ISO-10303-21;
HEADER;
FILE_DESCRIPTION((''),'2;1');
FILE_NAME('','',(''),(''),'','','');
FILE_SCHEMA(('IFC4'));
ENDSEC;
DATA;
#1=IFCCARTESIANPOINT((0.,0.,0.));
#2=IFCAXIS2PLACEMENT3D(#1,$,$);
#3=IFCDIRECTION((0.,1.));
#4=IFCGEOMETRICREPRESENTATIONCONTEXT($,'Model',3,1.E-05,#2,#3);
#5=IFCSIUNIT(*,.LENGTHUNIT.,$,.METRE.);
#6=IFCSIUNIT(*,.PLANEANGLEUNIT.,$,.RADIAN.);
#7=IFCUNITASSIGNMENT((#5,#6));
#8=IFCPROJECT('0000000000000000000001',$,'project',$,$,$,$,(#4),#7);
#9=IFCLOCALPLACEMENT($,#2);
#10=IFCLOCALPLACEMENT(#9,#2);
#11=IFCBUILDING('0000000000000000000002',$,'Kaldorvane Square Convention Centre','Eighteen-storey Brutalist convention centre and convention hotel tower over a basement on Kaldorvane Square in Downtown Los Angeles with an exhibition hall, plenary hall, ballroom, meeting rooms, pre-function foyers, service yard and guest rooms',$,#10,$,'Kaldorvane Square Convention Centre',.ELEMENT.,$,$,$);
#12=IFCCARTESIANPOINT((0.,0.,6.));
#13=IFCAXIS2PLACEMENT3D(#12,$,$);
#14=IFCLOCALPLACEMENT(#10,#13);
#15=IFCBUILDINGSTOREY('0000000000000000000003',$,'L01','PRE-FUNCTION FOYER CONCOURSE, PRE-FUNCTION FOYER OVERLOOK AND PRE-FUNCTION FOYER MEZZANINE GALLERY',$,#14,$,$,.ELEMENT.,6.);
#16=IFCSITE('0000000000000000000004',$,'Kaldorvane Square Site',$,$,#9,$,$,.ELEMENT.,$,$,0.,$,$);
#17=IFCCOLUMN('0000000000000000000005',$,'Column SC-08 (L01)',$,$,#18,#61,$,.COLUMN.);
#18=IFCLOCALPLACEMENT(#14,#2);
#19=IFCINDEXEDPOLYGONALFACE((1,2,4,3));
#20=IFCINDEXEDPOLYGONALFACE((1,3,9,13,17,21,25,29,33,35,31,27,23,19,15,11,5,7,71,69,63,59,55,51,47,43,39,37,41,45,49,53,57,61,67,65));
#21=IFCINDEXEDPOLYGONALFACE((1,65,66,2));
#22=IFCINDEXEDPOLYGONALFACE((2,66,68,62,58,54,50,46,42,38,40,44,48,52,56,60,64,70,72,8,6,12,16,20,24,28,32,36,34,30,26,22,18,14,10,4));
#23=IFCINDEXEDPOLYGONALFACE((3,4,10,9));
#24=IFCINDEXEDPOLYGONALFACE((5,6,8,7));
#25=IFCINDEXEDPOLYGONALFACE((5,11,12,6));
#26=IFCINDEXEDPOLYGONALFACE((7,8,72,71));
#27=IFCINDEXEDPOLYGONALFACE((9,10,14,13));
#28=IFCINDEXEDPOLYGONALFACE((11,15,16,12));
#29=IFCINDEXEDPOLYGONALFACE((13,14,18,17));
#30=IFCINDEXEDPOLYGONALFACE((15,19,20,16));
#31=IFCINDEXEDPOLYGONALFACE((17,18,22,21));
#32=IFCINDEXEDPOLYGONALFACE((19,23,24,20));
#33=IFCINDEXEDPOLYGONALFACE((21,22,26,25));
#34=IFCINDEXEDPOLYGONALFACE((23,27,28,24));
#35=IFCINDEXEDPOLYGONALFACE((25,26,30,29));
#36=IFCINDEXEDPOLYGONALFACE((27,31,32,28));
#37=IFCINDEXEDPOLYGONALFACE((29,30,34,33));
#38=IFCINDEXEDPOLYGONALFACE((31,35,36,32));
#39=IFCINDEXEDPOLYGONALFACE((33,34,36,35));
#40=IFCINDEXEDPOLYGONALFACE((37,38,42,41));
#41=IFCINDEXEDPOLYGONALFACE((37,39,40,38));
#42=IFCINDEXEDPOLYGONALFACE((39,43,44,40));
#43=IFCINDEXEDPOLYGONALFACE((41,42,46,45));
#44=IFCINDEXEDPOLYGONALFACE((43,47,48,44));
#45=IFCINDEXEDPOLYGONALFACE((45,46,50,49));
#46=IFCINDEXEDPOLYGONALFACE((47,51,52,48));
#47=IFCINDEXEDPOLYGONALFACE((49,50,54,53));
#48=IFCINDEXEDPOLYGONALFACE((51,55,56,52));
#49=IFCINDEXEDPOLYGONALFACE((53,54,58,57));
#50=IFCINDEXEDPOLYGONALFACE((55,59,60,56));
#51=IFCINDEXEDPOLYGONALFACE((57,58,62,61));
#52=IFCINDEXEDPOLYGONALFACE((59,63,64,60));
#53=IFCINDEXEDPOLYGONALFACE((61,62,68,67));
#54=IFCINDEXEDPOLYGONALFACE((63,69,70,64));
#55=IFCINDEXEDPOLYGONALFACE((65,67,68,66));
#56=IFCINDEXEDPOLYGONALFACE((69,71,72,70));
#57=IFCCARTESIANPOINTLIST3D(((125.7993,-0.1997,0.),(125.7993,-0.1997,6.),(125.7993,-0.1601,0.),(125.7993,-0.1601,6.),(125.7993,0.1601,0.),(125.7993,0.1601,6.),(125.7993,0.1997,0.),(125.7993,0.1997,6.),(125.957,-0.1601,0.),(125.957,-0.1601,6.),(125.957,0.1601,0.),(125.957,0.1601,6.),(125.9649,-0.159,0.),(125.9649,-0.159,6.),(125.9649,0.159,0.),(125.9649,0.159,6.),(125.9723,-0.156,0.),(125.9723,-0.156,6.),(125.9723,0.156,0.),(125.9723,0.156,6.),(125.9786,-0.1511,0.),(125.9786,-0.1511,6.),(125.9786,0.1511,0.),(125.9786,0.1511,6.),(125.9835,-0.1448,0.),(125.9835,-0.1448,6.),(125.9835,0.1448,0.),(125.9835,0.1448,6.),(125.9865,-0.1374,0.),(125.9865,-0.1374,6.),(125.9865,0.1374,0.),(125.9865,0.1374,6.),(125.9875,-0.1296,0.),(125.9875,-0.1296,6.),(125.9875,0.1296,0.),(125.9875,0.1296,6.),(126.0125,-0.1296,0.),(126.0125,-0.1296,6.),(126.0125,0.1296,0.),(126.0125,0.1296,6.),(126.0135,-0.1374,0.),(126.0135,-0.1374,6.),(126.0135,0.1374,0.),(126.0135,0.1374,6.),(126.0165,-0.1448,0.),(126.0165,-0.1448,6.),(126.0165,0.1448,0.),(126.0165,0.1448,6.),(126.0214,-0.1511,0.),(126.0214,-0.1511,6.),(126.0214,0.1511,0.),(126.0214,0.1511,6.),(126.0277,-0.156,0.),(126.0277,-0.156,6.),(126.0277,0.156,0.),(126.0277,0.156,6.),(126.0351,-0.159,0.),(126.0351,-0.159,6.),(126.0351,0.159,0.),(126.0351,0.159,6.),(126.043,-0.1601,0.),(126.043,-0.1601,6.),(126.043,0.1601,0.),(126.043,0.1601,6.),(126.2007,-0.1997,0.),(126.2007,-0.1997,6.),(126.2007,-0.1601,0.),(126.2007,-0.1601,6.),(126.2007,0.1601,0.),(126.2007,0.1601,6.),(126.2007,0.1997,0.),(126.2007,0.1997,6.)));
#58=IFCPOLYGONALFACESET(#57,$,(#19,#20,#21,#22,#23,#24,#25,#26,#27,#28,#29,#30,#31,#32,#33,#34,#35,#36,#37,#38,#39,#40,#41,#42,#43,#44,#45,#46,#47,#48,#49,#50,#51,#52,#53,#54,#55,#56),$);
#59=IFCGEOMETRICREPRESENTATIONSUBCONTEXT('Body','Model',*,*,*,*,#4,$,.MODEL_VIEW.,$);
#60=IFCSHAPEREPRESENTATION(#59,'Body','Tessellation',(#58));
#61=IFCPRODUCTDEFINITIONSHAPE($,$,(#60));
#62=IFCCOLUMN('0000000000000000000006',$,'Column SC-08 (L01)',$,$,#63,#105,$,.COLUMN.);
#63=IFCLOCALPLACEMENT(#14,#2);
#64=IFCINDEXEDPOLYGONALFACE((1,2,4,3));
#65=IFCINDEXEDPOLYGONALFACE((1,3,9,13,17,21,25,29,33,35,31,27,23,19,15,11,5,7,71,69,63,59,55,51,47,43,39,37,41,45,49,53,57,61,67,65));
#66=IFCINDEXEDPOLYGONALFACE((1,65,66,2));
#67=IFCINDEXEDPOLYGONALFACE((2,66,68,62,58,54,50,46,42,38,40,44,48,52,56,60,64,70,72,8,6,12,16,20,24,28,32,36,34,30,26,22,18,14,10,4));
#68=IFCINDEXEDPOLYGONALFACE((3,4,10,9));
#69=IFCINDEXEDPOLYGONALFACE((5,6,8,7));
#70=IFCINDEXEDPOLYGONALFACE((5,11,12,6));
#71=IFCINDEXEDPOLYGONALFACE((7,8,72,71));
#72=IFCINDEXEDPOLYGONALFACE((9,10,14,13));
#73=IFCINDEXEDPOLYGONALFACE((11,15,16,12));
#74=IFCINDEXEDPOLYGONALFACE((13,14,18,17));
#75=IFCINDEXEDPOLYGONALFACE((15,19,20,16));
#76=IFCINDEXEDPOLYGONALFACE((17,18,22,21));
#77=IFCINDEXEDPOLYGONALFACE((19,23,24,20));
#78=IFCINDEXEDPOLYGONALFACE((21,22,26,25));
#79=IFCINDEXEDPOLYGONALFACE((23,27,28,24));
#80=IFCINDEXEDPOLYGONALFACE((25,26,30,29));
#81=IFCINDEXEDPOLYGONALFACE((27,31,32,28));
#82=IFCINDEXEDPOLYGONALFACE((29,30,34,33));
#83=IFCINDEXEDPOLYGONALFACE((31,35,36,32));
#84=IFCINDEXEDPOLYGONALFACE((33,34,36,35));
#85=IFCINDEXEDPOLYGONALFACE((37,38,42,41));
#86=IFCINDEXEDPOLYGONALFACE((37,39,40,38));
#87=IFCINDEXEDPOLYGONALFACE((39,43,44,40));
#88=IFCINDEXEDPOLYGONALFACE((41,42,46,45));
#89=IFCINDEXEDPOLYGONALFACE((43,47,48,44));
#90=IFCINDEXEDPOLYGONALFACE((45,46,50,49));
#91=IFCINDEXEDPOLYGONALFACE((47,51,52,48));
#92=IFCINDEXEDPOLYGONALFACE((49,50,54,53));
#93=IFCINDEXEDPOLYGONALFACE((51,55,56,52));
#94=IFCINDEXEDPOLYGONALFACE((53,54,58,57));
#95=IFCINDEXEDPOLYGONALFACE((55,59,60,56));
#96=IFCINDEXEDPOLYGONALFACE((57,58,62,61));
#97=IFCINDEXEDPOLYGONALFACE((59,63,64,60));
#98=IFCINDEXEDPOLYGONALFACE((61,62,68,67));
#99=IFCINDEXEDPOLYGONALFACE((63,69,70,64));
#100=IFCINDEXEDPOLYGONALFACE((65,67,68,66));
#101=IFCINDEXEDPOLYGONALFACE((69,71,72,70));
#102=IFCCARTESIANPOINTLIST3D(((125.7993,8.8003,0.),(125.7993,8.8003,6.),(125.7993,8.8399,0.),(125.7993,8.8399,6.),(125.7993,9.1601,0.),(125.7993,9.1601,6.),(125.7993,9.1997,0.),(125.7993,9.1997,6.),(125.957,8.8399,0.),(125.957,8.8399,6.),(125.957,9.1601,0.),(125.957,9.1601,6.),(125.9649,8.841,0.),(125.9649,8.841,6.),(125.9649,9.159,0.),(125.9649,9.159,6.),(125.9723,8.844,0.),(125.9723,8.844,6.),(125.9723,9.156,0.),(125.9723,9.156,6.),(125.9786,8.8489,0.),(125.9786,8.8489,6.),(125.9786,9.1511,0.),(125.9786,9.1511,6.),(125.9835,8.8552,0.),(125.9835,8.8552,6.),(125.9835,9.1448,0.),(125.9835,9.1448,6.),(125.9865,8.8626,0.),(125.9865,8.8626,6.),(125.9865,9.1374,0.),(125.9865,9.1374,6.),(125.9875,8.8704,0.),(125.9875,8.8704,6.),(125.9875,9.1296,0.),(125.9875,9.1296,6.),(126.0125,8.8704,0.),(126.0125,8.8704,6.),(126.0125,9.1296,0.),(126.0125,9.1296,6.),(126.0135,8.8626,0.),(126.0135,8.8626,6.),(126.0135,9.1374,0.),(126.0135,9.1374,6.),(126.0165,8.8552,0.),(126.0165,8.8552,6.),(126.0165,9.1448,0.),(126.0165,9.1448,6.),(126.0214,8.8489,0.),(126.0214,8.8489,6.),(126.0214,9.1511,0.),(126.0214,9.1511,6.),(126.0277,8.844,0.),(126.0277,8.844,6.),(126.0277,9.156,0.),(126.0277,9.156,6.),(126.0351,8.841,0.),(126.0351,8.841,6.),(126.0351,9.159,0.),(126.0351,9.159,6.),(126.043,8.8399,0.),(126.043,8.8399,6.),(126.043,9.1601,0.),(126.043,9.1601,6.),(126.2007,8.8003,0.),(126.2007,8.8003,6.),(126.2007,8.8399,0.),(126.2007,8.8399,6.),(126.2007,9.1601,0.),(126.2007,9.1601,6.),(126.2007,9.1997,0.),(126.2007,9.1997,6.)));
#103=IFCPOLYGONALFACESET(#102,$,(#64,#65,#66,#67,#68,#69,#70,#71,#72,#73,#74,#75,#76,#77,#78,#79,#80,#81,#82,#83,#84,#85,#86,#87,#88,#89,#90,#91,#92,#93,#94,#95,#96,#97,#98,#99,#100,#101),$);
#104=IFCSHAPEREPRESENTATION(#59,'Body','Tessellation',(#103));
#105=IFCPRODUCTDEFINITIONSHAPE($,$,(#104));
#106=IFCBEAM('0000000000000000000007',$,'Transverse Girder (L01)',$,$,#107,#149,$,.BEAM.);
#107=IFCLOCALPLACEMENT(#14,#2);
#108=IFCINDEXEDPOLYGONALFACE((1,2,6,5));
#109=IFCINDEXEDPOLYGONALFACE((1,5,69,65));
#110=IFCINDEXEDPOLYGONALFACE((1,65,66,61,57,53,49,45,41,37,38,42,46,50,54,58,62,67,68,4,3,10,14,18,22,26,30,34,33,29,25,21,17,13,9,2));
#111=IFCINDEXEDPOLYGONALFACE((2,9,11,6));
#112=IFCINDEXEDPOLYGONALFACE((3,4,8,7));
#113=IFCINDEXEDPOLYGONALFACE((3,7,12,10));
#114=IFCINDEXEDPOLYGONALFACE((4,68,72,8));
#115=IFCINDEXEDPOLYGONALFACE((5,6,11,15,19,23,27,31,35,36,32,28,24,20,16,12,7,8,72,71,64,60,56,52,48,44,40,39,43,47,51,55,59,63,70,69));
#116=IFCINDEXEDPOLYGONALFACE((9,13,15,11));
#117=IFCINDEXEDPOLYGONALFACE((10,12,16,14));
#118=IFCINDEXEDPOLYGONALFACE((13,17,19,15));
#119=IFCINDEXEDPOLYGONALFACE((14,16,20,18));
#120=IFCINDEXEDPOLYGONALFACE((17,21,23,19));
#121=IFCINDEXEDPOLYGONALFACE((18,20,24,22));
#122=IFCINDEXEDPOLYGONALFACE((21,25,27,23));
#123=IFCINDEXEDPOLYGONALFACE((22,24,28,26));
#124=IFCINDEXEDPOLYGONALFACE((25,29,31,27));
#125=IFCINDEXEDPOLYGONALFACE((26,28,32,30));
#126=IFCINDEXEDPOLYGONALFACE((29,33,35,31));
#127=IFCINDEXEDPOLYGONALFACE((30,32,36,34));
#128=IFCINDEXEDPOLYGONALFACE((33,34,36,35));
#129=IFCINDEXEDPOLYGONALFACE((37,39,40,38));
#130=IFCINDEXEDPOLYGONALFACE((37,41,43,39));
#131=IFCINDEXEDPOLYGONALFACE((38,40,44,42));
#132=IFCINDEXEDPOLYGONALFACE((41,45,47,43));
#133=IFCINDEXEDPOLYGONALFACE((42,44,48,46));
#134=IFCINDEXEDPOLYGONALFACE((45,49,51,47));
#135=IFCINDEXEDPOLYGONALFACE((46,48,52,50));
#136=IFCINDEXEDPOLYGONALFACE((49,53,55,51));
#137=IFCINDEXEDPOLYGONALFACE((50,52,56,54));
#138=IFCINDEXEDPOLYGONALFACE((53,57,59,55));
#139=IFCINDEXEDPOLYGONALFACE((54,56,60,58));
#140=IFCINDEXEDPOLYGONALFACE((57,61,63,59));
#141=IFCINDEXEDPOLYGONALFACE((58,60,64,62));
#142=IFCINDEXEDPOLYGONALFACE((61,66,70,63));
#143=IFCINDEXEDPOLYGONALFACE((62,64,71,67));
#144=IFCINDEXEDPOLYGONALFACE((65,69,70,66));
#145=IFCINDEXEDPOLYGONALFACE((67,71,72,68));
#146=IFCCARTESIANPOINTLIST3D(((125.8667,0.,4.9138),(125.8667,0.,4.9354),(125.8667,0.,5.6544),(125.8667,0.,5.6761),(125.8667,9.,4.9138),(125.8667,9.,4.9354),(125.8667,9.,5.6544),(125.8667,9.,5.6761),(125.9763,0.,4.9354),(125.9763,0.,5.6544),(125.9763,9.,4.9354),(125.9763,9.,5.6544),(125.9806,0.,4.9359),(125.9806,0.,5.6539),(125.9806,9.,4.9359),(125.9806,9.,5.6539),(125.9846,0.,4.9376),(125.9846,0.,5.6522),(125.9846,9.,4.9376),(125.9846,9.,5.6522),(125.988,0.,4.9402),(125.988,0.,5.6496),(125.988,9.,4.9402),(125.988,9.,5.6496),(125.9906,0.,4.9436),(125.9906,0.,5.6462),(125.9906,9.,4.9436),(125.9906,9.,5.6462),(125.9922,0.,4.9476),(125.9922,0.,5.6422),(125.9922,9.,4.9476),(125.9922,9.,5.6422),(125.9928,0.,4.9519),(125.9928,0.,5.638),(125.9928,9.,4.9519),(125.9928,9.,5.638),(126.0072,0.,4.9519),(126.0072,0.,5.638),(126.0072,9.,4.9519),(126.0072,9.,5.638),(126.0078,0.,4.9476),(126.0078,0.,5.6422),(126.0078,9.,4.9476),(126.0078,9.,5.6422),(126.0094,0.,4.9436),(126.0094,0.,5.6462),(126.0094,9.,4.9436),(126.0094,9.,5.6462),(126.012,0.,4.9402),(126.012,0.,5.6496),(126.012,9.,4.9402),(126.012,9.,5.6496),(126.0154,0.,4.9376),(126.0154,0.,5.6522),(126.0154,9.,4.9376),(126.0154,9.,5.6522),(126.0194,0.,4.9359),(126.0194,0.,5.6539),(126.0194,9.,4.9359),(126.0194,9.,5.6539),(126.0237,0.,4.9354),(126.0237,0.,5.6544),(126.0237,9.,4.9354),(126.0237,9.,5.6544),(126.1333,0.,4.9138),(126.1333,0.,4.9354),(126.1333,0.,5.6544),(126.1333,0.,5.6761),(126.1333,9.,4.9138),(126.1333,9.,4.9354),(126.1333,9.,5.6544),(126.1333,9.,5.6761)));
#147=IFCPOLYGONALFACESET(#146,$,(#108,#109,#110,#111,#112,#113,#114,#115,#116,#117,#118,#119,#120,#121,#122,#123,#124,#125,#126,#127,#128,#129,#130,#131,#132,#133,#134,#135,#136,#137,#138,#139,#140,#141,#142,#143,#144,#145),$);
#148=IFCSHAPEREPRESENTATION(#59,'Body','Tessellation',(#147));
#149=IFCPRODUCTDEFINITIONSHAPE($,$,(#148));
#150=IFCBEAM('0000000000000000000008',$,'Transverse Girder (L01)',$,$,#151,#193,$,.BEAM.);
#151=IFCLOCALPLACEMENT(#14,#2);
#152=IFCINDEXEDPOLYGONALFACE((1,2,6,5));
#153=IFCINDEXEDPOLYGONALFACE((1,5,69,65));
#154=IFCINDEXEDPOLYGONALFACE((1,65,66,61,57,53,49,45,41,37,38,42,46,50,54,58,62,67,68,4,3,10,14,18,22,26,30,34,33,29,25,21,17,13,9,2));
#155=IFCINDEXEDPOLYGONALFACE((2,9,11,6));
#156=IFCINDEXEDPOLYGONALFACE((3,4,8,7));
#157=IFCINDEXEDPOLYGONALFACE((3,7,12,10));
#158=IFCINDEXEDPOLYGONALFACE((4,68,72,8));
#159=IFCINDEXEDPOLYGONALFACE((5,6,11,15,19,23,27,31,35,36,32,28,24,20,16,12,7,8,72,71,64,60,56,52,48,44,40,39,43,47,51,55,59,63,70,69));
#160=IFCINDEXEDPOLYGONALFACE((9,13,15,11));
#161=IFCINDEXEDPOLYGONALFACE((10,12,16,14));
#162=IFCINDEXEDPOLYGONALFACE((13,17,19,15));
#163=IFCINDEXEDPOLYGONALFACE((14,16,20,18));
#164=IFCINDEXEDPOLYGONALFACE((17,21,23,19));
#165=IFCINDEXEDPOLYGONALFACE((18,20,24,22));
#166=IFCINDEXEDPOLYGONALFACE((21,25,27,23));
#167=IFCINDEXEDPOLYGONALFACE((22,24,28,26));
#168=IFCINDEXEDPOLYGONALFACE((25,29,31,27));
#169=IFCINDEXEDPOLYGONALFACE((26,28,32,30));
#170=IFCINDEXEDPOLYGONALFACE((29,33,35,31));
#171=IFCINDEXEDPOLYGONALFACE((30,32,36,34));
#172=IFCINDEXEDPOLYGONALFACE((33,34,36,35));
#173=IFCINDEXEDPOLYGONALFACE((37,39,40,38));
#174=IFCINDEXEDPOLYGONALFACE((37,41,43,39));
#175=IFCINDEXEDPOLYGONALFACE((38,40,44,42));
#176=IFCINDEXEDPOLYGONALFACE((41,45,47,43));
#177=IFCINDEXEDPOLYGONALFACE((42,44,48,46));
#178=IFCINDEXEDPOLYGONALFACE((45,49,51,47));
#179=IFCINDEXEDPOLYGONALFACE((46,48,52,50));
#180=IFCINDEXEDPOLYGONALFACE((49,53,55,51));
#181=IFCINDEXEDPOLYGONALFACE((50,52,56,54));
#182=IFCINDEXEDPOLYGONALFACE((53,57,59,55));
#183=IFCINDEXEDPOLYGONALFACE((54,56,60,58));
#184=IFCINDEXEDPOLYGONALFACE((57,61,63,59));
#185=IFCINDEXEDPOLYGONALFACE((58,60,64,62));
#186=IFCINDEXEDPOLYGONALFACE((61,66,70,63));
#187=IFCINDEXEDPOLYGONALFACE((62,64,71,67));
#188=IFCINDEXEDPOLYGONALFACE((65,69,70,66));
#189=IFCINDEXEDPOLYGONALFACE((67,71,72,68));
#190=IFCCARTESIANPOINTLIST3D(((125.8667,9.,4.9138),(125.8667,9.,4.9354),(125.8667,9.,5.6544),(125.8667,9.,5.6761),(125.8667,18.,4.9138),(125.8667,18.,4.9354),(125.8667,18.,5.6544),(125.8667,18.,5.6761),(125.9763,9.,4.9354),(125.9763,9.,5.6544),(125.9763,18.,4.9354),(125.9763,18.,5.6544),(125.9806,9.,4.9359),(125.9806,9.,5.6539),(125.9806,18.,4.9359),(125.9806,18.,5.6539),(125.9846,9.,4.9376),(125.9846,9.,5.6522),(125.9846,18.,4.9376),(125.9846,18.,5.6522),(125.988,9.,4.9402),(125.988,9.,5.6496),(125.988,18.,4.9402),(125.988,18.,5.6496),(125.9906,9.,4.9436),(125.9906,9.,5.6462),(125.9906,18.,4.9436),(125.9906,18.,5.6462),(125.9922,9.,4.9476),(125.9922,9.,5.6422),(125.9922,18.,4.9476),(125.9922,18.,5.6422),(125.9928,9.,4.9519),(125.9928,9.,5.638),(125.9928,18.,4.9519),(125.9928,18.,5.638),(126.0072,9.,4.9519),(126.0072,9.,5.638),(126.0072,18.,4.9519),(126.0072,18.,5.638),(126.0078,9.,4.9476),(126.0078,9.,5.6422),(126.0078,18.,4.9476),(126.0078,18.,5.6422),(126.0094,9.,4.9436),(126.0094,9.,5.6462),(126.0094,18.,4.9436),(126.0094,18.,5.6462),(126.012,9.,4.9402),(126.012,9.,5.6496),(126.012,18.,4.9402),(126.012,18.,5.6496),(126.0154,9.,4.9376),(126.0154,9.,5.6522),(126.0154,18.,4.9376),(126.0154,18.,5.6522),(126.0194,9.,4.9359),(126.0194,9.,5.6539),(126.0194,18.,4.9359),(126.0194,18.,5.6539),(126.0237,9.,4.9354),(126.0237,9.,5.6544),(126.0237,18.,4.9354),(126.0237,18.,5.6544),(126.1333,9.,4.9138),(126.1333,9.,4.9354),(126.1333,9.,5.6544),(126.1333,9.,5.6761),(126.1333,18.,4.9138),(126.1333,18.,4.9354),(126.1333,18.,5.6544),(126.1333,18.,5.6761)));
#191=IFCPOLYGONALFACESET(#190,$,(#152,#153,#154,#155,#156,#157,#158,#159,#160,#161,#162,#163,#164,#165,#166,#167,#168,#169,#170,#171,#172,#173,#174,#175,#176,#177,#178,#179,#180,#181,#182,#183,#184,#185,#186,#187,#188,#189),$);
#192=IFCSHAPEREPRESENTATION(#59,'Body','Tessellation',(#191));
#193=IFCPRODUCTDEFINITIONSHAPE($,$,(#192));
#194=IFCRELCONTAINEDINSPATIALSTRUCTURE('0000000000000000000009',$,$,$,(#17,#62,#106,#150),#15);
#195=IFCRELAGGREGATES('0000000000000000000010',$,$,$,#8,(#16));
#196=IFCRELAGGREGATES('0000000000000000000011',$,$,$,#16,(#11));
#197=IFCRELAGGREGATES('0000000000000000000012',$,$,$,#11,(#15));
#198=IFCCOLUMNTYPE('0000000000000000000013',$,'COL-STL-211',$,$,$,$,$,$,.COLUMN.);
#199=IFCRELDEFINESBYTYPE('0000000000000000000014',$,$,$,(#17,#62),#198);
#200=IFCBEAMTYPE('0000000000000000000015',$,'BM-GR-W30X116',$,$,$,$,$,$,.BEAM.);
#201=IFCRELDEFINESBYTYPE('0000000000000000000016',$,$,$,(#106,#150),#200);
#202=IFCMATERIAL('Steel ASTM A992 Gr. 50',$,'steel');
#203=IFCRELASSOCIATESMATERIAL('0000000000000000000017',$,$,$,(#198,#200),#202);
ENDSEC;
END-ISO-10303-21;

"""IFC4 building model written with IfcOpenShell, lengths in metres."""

from ifc_helpers import new_model, si_unit, direction, frame, origin, origin_2d, place, context, subcontext, project, spatial, i_section, extrude, material, material_profile, profile_set, type_object, element, save


model = new_model("IFC4")

# Units and contexts
model_context = context("Model", 3, precision=1e-05, world=origin(), true_north=direction((0.0, 1.0)))
body_context = subcontext(model_context, "Body", "Model", "MODEL_VIEW")
ifc_project = project(units=[si_unit("LENGTHUNIT", "METRE"), si_unit("PLANEANGLEUNIT", "RADIAN")], contexts=[model_context])

# Site, building, storey
site_placement = place(None, origin())
site = spatial("IfcSite", under=ifc_project, at=site_placement, Name="Kaldorvane Square Site", CompositionType="ELEMENT", RefElevation=0.0)
building_placement = place(site_placement, origin())
building = spatial("IfcBuilding", under=site, at=building_placement, Name="Kaldorvane Square Convention Centre", Description="Eighteen-storey Brutalist convention centre and convention hotel tower over a basement on Kaldorvane Square in Downtown Los Angeles with an exhibition hall, plenary hall, ballroom, meeting rooms, pre-function foyers, service yard and guest rooms", LongName="Kaldorvane Square Convention Centre", CompositionType="ELEMENT")
storey_placement = place(building_placement, frame((0.0, 0.0, 6.0)))
storey = spatial("IfcBuildingStorey", under=building, at=storey_placement, Name="L01", Description="PRE-FUNCTION FOYER CONCOURSE, PRE-FUNCTION FOYER OVERLOOK AND PRE-FUNCTION FOYER MEZZANINE GALLERY", CompositionType="ELEMENT", Elevation=6.0)

# Columns
ifc_material_1 = material(Name="Steel ASTM A992 Gr. 50", Category="steel")
ifc_material_profile_1 = material_profile(ifc_material_1, i_section(OverallWidth=0.4013, OverallDepth=0.3993, WebThickness=0.0249, FlangeThickness=0.0396, FilletRadius=0.0305, at=origin_2d()), Name="W14X211")
ifc_profile_set_1 = profile_set([ifc_material_profile_1], Name="Steel ASTM A992 Gr. 50")
column_type = type_object("IfcColumnType", Name="COL-STL-211", PredefinedType="COLUMN", material=ifc_profile_set_1)
for number, where, z_axis, x_axis, name in (
    (1, (126.0, 0.0, 0.0), (0.0, 0.0, 1.0), (1.0, 0.0, 0.0), "Column SC-08 (L01)"),
    (2, (126.0, 9.0, 0.0), (0.0, 0.0, 1.0), (1.0, 0.0, 0.0), "Column SC-08 (L01)"),
):
    element("IfcColumn", number, at=place(storey_placement, frame(where, z_axis=z_axis, x_axis=x_axis)), inside=storey, type_object=column_type, Name=name, PredefinedType="COLUMN", context=body_context, shape_type="SweptSolid", body=[
        extrude(i_section(OverallWidth=0.4013, OverallDepth=0.3993, WebThickness=0.0249, FlangeThickness=0.0396, FilletRadius=0.0305, at=origin_2d()), origin(), (0.0, 0.0, 1.0), 6.0),
    ])

# Beams
ifc_material_profile_2 = material_profile(ifc_material_1, i_section(OverallWidth=0.2666, OverallDepth=0.7623, WebThickness=0.0144, FlangeThickness=0.0216, FilletRadius=0.0165, at=origin_2d()), Name="W30X116")
ifc_profile_set_2 = profile_set([ifc_material_profile_2], Name="Steel ASTM A992 Gr. 50")
beam_type_1 = type_object("IfcBeamType", Name="BM-GR-W30X116", PredefinedType="BEAM", material=ifc_profile_set_2)
for number, where, z_axis, x_axis, name in (
    (3, (126.0, 0.0, 5.2949), (0.0, 1.0, 0.0), (-1.0, 0.0, 0.0), "Transverse Girder (L01)"),
    (4, (126.0, 9.0, 5.2949), (0.0, 1.0, 0.0), (-1.0, 0.0, 0.0), "Transverse Girder (L01)"),
):
    element("IfcBeam", number, at=place(storey_placement, frame(where, z_axis=z_axis, x_axis=x_axis)), inside=storey, type_object=beam_type_1, Name=name, PredefinedType="BEAM", context=body_context, shape_type="SweptSolid", body=[
        extrude(i_section(OverallWidth=0.2666, OverallDepth=0.7623, WebThickness=0.0144, FlangeThickness=0.0216, FilletRadius=0.0165, at=origin_2d()), origin(), (0.0, 0.0, 1.0), 9.0),
    ])

save(model, "model.ifc")
